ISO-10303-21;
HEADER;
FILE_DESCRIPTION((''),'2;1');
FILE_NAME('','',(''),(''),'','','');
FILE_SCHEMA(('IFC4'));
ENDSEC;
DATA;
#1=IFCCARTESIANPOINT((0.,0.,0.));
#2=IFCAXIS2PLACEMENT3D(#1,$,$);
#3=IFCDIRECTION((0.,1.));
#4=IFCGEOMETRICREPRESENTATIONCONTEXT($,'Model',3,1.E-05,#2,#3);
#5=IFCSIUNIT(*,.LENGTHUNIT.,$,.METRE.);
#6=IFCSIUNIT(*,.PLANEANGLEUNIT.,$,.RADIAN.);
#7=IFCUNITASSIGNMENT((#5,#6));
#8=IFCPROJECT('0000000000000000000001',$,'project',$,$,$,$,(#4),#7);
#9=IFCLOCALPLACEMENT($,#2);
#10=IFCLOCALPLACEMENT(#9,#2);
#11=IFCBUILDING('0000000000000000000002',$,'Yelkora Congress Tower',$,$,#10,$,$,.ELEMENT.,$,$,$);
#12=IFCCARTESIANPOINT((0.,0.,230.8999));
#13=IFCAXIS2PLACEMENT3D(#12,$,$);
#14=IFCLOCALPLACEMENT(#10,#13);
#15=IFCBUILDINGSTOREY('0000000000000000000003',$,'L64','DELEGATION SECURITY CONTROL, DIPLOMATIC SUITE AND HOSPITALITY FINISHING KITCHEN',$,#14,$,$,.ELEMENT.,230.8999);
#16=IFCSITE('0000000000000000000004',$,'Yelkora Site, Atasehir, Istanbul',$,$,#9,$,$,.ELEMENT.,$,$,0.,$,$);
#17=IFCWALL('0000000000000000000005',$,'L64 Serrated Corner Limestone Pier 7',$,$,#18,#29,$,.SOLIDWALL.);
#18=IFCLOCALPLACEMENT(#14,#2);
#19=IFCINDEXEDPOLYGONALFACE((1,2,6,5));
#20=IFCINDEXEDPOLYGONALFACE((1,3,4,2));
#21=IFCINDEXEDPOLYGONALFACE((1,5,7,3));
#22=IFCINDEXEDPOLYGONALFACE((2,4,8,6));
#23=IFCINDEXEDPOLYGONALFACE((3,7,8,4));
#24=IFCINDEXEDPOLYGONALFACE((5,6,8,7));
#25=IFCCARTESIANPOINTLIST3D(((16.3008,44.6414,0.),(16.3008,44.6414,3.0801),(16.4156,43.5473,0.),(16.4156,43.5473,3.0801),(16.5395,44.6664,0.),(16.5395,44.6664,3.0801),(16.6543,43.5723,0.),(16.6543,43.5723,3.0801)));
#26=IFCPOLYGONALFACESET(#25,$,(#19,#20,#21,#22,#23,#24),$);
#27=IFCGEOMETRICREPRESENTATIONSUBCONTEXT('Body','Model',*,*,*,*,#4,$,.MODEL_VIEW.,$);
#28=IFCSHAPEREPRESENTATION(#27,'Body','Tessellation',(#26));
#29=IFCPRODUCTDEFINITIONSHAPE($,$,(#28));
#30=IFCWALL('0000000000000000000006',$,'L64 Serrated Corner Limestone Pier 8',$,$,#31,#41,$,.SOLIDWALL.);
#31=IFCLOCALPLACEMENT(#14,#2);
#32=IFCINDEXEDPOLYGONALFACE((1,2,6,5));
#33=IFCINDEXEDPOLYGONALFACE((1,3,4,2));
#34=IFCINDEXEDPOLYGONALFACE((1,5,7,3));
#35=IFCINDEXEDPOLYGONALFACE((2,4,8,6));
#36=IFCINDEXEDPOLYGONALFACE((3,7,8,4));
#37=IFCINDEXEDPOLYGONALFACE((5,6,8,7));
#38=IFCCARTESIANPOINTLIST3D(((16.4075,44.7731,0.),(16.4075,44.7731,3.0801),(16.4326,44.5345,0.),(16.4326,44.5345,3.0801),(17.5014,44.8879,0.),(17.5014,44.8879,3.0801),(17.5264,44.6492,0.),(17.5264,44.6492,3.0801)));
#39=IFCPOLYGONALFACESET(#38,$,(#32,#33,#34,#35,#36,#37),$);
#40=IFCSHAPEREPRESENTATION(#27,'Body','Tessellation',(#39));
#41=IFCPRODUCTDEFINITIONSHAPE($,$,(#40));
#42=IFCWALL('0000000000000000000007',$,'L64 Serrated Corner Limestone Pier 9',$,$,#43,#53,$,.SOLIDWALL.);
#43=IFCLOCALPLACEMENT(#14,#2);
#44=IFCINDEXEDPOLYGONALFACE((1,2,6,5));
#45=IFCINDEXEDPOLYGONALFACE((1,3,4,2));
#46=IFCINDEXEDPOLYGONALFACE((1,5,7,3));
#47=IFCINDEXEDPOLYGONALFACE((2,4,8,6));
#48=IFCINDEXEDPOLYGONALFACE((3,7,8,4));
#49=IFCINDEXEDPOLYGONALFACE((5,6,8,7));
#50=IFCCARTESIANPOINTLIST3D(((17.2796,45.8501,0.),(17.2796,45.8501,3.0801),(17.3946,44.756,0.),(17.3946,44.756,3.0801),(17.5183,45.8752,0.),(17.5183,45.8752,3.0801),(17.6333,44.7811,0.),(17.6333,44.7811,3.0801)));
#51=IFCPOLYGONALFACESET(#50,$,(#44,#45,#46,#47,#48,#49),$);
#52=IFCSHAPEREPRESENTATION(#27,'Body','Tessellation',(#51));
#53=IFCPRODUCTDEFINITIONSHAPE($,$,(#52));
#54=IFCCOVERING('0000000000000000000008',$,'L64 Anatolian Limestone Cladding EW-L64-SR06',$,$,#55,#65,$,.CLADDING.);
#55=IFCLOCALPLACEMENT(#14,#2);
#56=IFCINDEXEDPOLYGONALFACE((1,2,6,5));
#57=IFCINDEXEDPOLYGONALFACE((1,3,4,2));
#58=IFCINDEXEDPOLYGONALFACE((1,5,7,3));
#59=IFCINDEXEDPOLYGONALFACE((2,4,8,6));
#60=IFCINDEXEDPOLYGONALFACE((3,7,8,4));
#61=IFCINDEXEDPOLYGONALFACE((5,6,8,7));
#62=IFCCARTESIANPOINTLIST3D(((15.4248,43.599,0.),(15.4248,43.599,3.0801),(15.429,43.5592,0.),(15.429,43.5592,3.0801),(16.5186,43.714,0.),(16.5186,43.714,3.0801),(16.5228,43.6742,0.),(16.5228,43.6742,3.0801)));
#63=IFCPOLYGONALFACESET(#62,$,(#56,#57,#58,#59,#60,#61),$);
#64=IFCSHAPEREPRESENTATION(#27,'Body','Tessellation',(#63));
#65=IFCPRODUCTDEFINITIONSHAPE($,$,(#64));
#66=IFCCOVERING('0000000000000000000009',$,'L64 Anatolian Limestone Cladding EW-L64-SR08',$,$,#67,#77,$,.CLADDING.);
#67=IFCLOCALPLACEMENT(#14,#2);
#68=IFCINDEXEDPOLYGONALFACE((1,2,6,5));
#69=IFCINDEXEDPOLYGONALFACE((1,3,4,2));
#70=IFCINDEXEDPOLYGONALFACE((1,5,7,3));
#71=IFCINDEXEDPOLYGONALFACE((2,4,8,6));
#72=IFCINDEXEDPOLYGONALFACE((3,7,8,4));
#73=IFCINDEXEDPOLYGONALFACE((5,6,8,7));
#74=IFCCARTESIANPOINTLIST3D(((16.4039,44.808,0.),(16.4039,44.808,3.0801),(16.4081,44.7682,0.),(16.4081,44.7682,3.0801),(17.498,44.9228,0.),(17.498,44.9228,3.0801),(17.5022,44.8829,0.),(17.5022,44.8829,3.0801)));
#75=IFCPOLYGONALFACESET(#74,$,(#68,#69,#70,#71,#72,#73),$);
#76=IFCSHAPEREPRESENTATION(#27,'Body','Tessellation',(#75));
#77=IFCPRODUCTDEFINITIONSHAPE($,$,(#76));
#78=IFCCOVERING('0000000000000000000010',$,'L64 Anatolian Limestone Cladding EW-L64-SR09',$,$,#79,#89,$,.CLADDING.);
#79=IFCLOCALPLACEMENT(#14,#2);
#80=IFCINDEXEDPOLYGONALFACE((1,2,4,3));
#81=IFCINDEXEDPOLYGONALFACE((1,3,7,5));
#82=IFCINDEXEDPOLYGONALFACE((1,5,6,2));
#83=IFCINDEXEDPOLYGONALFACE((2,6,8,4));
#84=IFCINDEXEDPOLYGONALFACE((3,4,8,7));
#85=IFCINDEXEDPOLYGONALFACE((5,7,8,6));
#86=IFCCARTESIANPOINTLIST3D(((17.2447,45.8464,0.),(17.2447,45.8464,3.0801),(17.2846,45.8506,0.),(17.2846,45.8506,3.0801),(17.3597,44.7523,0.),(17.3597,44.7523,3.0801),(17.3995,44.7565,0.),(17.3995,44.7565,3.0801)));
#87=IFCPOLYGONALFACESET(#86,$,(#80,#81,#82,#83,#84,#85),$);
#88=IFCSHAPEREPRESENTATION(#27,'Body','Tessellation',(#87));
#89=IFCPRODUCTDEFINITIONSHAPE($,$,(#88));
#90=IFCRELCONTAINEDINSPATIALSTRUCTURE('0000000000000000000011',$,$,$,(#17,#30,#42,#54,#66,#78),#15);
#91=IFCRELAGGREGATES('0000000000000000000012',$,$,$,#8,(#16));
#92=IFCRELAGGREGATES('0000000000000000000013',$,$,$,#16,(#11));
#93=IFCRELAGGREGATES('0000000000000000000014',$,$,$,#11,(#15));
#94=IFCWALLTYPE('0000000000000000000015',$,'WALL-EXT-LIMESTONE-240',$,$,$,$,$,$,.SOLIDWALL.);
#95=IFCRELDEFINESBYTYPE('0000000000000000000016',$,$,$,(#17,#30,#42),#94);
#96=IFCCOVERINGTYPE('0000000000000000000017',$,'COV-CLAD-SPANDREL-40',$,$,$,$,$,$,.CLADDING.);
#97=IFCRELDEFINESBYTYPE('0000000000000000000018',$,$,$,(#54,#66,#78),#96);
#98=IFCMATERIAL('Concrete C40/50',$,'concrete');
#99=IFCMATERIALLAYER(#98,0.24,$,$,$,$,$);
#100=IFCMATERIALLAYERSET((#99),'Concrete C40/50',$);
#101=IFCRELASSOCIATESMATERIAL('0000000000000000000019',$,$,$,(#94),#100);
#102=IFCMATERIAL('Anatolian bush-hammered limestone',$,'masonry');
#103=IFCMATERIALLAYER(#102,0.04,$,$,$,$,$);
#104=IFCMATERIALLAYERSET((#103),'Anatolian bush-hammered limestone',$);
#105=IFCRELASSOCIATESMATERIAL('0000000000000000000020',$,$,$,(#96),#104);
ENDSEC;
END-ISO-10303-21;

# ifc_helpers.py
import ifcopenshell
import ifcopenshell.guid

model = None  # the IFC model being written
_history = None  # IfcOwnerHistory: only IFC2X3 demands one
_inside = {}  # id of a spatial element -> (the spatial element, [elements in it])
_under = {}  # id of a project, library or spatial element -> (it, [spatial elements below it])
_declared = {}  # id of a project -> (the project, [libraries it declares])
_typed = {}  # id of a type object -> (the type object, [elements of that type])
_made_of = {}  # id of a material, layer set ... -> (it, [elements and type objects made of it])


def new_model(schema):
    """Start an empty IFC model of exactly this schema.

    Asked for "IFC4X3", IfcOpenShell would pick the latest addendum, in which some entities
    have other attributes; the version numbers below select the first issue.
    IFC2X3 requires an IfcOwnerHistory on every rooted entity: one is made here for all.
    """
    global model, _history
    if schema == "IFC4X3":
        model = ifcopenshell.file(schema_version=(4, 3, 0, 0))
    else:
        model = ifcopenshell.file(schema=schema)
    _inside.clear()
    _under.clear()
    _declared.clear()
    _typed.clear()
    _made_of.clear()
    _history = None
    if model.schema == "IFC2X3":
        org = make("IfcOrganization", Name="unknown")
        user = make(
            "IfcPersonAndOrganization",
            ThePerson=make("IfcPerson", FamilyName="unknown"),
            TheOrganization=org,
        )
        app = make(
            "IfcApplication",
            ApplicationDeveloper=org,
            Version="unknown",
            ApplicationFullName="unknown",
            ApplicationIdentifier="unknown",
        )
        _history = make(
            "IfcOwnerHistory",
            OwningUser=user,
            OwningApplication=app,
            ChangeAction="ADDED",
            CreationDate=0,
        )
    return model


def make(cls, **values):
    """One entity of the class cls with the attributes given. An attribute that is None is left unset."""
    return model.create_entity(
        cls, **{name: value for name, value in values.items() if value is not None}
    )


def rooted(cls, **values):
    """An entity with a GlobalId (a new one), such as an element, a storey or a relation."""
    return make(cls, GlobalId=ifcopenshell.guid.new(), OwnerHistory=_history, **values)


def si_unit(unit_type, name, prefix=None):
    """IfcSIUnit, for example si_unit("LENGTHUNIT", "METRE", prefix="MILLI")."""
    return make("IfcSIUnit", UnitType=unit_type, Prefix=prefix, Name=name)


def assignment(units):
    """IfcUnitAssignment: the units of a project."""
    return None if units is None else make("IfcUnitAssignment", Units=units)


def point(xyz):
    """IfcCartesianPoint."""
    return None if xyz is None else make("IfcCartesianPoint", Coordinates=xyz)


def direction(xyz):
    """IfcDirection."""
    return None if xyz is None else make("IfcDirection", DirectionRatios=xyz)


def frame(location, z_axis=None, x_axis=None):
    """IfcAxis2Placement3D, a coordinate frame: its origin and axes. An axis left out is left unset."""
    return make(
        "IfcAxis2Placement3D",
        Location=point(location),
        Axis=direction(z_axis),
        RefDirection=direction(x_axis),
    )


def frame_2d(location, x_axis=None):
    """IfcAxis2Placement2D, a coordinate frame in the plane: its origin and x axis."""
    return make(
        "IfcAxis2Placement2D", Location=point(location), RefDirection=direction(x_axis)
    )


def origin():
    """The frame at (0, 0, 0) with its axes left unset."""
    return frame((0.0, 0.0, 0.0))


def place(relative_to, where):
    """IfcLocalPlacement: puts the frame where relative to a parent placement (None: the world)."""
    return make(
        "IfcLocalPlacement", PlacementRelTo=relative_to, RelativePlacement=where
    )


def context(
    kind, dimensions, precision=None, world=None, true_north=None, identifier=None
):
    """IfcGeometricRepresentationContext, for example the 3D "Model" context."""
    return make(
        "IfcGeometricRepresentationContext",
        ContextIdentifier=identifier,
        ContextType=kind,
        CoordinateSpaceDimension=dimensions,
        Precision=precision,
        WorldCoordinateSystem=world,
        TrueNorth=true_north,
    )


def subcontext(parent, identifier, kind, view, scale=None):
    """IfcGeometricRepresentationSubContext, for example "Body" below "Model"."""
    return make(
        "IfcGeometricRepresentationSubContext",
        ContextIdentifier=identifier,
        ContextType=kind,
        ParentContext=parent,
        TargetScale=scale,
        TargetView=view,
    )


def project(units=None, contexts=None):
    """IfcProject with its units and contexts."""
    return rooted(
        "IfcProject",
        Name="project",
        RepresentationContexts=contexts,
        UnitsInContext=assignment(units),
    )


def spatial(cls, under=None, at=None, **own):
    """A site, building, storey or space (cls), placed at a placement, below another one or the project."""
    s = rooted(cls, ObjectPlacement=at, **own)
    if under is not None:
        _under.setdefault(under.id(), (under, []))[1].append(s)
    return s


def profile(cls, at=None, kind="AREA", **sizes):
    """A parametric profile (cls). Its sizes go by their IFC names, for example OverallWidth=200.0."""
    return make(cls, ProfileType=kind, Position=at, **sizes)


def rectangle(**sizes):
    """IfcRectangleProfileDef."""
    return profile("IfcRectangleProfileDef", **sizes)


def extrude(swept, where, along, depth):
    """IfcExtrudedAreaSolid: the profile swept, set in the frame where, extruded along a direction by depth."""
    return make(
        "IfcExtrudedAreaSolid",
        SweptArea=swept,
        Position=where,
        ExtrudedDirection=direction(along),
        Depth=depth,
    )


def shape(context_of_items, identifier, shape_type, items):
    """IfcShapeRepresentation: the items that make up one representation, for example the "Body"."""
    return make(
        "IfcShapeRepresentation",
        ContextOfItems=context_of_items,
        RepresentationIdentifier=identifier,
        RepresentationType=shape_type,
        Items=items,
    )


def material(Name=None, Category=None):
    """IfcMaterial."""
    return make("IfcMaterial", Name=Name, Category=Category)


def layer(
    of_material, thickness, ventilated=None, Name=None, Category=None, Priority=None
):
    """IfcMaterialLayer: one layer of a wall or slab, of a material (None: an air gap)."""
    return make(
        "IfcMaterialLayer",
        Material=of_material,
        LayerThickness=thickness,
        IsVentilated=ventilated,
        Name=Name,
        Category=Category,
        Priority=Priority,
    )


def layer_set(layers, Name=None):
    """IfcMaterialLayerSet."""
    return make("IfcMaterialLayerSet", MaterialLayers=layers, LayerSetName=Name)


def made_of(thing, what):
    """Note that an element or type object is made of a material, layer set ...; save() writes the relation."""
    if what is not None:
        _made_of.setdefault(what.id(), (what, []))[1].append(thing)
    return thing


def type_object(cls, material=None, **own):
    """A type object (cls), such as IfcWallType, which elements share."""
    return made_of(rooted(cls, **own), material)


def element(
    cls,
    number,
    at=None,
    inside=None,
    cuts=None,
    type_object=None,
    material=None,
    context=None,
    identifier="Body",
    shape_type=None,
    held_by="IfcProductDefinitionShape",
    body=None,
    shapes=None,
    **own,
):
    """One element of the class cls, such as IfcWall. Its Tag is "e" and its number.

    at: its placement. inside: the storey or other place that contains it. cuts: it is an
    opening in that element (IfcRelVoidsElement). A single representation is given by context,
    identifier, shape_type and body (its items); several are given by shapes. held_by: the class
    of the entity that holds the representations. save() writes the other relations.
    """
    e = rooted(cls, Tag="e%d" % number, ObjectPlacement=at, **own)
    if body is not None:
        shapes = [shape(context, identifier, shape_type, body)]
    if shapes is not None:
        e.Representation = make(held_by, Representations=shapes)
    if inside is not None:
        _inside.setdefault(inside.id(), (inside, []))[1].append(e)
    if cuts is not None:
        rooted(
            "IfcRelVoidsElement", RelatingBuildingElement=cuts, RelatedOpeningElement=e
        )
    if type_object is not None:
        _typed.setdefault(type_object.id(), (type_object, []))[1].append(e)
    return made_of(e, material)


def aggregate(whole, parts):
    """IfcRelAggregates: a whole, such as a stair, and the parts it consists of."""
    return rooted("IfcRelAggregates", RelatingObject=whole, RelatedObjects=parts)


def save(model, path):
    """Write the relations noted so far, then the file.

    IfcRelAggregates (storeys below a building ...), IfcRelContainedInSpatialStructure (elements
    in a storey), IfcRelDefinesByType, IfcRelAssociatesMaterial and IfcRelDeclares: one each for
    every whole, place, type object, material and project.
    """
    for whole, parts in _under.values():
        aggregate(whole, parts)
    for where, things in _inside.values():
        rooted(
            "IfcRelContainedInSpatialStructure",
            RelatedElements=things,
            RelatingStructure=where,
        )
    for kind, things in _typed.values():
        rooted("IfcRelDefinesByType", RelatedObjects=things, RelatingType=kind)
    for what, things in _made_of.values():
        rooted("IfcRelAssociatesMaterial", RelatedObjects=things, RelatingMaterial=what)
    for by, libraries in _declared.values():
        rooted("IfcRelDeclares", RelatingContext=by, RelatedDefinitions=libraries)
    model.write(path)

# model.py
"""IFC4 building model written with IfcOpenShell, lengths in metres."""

from ifc_helpers import new_model, si_unit, direction, frame, frame_2d, origin, place, context, subcontext, project, spatial, rectangle, extrude, material, layer, layer_set, type_object, element, save


model = new_model("IFC4")

# Units and contexts
model_context = context("Model", 3, precision=1e-05, world=origin(), true_north=direction((0.0, 1.0)))
body_context = subcontext(model_context, "Body", "Model", "MODEL_VIEW")
ifc_project = project(units=[si_unit("LENGTHUNIT", "METRE"), si_unit("PLANEANGLEUNIT", "RADIAN")], contexts=[model_context])

# Site, building, storey
site_placement = place(None, origin())
site = spatial("IfcSite", under=ifc_project, at=site_placement, Name="Yelkora Site, Atasehir, Istanbul", CompositionType="ELEMENT", RefElevation=0.0)
building_placement = place(site_placement, origin())
building = spatial("IfcBuilding", under=site, at=building_placement, Name="Yelkora Congress Tower", CompositionType="ELEMENT")
storey_placement = place(building_placement, frame((0.0, 0.0, 230.8999)))
storey = spatial("IfcBuildingStorey", under=building, at=storey_placement, Name="L64", Description="DELEGATION SECURITY CONTROL, DIPLOMATIC SUITE AND HOSPITALITY FINISHING KITCHEN", CompositionType="ELEMENT", Elevation=230.8999)

# Walls
ifc_material_1 = material(Name="Concrete C40/50", Category="concrete")
ifc_layer_1 = layer(ifc_material_1, 0.24)
ifc_layer_set_1 = layer_set([ifc_layer_1], Name="Concrete C40/50")
wall_type_1 = type_object("IfcWallType", Name="WALL-EXT-LIMESTONE-240", PredefinedType="SOLIDWALL", material=ifc_layer_set_1)
wall_1_placement = place(storey_placement, frame((16.5349, 43.5598, 0.0), z_axis=(0.0, 0.0, 1.0), x_axis=(-0.104315, 0.994544, 0.0)))
element("IfcWall", 1, at=wall_1_placement, inside=storey, type_object=wall_type_1, Name="L64 Serrated Corner Limestone Pier 7", PredefinedType="SOLIDWALL", context=body_context, shape_type="SweptSolid", body=[
    extrude(rectangle(XDim=1.1001, YDim=0.24, at=frame_2d((0.55, 0.0))), origin(), (0.0, 0.0, 1.0), 3.0801),
])
wall_2_placement = place(storey_placement, frame((16.4202, 44.6538, 0.0), z_axis=(0.0, 0.0, 1.0), x_axis=(0.994542, 0.104338, 0.0)))
element("IfcWall", 2, at=wall_2_placement, inside=storey, type_object=wall_type_1, Name="L64 Serrated Corner Limestone Pier 8", PredefinedType="SOLIDWALL", context=body_context, shape_type="SweptSolid", body=[
    extrude(rectangle(XDim=1.0999, YDim=0.24, at=frame_2d((0.5498, 0.0))), origin(), (0.0, 0.0, 1.0), 3.0801),
])
wall_3_placement = place(storey_placement, frame((17.5139, 44.7686, 0.0), z_axis=(0.0, 0.0, 1.0), x_axis=(-0.104535, 0.994521, 0.0)))
element("IfcWall", 3, at=wall_3_placement, inside=storey, type_object=wall_type_1, Name="L64 Serrated Corner Limestone Pier 9", PredefinedType="SOLIDWALL", context=body_context, shape_type="SweptSolid", body=[
    extrude(rectangle(XDim=1.1001, YDim=0.24, at=frame_2d((0.55, 0.0))), origin(), (0.0, 0.0, 1.0), 3.0801),
])

# Coverings
ifc_material_2 = material(Name="Anatolian bush-hammered limestone", Category="masonry")
ifc_layer_2 = layer(ifc_material_2, 0.04)
ifc_layer_set_2 = layer_set([ifc_layer_2], Name="Anatolian bush-hammered limestone")
covering_type = type_object("IfcCoveringType", Name="COV-CLAD-SPANDREL-40", PredefinedType="CLADDING", material=ifc_layer_set_2)
covering_placement = place(storey_placement, frame((15.427, 43.5791, 0.0), z_axis=(0.0, 0.0, 1.0), x_axis=(0.994519, 0.104558, 0.0)))
element("IfcCovering", 4, at=covering_placement, inside=storey, type_object=covering_type, Name="L64 Anatolian Limestone Cladding EW-L64-SR06", PredefinedType="CLADDING", context=body_context, shape_type="SweptSolid", body=[
    extrude(rectangle(XDim=1.0999, YDim=0.04, at=frame_2d((0.5498, 0.0))), origin(), (0.0, 0.0, 1.0), 3.0801),
])
for number, where, z_axis, x_axis, name in (
    (5, (16.406, 44.7881, 0.0), (0.0, 0.0, 1.0), (0.994544, 0.104315, 0.0), "L64 Anatolian Limestone Cladding EW-L64-SR08"),
    (6, (17.3796, 44.7544, 0.0), (0.0, 0.0, 1.0), (-0.104535, 0.994521, 0.0), "L64 Anatolian Limestone Cladding EW-L64-SR09"),
):
    element("IfcCovering", number, at=place(storey_placement, frame(where, z_axis=z_axis, x_axis=x_axis)), inside=storey, type_object=covering_type, Name=name, PredefinedType="CLADDING", context=body_context, shape_type="SweptSolid", body=[
        extrude(rectangle(XDim=1.1001, YDim=0.04, at=frame_2d((0.55, 0.0))), origin(), (0.0, 0.0, 1.0), 3.0801),
    ])

save(model, "model.ifc")
